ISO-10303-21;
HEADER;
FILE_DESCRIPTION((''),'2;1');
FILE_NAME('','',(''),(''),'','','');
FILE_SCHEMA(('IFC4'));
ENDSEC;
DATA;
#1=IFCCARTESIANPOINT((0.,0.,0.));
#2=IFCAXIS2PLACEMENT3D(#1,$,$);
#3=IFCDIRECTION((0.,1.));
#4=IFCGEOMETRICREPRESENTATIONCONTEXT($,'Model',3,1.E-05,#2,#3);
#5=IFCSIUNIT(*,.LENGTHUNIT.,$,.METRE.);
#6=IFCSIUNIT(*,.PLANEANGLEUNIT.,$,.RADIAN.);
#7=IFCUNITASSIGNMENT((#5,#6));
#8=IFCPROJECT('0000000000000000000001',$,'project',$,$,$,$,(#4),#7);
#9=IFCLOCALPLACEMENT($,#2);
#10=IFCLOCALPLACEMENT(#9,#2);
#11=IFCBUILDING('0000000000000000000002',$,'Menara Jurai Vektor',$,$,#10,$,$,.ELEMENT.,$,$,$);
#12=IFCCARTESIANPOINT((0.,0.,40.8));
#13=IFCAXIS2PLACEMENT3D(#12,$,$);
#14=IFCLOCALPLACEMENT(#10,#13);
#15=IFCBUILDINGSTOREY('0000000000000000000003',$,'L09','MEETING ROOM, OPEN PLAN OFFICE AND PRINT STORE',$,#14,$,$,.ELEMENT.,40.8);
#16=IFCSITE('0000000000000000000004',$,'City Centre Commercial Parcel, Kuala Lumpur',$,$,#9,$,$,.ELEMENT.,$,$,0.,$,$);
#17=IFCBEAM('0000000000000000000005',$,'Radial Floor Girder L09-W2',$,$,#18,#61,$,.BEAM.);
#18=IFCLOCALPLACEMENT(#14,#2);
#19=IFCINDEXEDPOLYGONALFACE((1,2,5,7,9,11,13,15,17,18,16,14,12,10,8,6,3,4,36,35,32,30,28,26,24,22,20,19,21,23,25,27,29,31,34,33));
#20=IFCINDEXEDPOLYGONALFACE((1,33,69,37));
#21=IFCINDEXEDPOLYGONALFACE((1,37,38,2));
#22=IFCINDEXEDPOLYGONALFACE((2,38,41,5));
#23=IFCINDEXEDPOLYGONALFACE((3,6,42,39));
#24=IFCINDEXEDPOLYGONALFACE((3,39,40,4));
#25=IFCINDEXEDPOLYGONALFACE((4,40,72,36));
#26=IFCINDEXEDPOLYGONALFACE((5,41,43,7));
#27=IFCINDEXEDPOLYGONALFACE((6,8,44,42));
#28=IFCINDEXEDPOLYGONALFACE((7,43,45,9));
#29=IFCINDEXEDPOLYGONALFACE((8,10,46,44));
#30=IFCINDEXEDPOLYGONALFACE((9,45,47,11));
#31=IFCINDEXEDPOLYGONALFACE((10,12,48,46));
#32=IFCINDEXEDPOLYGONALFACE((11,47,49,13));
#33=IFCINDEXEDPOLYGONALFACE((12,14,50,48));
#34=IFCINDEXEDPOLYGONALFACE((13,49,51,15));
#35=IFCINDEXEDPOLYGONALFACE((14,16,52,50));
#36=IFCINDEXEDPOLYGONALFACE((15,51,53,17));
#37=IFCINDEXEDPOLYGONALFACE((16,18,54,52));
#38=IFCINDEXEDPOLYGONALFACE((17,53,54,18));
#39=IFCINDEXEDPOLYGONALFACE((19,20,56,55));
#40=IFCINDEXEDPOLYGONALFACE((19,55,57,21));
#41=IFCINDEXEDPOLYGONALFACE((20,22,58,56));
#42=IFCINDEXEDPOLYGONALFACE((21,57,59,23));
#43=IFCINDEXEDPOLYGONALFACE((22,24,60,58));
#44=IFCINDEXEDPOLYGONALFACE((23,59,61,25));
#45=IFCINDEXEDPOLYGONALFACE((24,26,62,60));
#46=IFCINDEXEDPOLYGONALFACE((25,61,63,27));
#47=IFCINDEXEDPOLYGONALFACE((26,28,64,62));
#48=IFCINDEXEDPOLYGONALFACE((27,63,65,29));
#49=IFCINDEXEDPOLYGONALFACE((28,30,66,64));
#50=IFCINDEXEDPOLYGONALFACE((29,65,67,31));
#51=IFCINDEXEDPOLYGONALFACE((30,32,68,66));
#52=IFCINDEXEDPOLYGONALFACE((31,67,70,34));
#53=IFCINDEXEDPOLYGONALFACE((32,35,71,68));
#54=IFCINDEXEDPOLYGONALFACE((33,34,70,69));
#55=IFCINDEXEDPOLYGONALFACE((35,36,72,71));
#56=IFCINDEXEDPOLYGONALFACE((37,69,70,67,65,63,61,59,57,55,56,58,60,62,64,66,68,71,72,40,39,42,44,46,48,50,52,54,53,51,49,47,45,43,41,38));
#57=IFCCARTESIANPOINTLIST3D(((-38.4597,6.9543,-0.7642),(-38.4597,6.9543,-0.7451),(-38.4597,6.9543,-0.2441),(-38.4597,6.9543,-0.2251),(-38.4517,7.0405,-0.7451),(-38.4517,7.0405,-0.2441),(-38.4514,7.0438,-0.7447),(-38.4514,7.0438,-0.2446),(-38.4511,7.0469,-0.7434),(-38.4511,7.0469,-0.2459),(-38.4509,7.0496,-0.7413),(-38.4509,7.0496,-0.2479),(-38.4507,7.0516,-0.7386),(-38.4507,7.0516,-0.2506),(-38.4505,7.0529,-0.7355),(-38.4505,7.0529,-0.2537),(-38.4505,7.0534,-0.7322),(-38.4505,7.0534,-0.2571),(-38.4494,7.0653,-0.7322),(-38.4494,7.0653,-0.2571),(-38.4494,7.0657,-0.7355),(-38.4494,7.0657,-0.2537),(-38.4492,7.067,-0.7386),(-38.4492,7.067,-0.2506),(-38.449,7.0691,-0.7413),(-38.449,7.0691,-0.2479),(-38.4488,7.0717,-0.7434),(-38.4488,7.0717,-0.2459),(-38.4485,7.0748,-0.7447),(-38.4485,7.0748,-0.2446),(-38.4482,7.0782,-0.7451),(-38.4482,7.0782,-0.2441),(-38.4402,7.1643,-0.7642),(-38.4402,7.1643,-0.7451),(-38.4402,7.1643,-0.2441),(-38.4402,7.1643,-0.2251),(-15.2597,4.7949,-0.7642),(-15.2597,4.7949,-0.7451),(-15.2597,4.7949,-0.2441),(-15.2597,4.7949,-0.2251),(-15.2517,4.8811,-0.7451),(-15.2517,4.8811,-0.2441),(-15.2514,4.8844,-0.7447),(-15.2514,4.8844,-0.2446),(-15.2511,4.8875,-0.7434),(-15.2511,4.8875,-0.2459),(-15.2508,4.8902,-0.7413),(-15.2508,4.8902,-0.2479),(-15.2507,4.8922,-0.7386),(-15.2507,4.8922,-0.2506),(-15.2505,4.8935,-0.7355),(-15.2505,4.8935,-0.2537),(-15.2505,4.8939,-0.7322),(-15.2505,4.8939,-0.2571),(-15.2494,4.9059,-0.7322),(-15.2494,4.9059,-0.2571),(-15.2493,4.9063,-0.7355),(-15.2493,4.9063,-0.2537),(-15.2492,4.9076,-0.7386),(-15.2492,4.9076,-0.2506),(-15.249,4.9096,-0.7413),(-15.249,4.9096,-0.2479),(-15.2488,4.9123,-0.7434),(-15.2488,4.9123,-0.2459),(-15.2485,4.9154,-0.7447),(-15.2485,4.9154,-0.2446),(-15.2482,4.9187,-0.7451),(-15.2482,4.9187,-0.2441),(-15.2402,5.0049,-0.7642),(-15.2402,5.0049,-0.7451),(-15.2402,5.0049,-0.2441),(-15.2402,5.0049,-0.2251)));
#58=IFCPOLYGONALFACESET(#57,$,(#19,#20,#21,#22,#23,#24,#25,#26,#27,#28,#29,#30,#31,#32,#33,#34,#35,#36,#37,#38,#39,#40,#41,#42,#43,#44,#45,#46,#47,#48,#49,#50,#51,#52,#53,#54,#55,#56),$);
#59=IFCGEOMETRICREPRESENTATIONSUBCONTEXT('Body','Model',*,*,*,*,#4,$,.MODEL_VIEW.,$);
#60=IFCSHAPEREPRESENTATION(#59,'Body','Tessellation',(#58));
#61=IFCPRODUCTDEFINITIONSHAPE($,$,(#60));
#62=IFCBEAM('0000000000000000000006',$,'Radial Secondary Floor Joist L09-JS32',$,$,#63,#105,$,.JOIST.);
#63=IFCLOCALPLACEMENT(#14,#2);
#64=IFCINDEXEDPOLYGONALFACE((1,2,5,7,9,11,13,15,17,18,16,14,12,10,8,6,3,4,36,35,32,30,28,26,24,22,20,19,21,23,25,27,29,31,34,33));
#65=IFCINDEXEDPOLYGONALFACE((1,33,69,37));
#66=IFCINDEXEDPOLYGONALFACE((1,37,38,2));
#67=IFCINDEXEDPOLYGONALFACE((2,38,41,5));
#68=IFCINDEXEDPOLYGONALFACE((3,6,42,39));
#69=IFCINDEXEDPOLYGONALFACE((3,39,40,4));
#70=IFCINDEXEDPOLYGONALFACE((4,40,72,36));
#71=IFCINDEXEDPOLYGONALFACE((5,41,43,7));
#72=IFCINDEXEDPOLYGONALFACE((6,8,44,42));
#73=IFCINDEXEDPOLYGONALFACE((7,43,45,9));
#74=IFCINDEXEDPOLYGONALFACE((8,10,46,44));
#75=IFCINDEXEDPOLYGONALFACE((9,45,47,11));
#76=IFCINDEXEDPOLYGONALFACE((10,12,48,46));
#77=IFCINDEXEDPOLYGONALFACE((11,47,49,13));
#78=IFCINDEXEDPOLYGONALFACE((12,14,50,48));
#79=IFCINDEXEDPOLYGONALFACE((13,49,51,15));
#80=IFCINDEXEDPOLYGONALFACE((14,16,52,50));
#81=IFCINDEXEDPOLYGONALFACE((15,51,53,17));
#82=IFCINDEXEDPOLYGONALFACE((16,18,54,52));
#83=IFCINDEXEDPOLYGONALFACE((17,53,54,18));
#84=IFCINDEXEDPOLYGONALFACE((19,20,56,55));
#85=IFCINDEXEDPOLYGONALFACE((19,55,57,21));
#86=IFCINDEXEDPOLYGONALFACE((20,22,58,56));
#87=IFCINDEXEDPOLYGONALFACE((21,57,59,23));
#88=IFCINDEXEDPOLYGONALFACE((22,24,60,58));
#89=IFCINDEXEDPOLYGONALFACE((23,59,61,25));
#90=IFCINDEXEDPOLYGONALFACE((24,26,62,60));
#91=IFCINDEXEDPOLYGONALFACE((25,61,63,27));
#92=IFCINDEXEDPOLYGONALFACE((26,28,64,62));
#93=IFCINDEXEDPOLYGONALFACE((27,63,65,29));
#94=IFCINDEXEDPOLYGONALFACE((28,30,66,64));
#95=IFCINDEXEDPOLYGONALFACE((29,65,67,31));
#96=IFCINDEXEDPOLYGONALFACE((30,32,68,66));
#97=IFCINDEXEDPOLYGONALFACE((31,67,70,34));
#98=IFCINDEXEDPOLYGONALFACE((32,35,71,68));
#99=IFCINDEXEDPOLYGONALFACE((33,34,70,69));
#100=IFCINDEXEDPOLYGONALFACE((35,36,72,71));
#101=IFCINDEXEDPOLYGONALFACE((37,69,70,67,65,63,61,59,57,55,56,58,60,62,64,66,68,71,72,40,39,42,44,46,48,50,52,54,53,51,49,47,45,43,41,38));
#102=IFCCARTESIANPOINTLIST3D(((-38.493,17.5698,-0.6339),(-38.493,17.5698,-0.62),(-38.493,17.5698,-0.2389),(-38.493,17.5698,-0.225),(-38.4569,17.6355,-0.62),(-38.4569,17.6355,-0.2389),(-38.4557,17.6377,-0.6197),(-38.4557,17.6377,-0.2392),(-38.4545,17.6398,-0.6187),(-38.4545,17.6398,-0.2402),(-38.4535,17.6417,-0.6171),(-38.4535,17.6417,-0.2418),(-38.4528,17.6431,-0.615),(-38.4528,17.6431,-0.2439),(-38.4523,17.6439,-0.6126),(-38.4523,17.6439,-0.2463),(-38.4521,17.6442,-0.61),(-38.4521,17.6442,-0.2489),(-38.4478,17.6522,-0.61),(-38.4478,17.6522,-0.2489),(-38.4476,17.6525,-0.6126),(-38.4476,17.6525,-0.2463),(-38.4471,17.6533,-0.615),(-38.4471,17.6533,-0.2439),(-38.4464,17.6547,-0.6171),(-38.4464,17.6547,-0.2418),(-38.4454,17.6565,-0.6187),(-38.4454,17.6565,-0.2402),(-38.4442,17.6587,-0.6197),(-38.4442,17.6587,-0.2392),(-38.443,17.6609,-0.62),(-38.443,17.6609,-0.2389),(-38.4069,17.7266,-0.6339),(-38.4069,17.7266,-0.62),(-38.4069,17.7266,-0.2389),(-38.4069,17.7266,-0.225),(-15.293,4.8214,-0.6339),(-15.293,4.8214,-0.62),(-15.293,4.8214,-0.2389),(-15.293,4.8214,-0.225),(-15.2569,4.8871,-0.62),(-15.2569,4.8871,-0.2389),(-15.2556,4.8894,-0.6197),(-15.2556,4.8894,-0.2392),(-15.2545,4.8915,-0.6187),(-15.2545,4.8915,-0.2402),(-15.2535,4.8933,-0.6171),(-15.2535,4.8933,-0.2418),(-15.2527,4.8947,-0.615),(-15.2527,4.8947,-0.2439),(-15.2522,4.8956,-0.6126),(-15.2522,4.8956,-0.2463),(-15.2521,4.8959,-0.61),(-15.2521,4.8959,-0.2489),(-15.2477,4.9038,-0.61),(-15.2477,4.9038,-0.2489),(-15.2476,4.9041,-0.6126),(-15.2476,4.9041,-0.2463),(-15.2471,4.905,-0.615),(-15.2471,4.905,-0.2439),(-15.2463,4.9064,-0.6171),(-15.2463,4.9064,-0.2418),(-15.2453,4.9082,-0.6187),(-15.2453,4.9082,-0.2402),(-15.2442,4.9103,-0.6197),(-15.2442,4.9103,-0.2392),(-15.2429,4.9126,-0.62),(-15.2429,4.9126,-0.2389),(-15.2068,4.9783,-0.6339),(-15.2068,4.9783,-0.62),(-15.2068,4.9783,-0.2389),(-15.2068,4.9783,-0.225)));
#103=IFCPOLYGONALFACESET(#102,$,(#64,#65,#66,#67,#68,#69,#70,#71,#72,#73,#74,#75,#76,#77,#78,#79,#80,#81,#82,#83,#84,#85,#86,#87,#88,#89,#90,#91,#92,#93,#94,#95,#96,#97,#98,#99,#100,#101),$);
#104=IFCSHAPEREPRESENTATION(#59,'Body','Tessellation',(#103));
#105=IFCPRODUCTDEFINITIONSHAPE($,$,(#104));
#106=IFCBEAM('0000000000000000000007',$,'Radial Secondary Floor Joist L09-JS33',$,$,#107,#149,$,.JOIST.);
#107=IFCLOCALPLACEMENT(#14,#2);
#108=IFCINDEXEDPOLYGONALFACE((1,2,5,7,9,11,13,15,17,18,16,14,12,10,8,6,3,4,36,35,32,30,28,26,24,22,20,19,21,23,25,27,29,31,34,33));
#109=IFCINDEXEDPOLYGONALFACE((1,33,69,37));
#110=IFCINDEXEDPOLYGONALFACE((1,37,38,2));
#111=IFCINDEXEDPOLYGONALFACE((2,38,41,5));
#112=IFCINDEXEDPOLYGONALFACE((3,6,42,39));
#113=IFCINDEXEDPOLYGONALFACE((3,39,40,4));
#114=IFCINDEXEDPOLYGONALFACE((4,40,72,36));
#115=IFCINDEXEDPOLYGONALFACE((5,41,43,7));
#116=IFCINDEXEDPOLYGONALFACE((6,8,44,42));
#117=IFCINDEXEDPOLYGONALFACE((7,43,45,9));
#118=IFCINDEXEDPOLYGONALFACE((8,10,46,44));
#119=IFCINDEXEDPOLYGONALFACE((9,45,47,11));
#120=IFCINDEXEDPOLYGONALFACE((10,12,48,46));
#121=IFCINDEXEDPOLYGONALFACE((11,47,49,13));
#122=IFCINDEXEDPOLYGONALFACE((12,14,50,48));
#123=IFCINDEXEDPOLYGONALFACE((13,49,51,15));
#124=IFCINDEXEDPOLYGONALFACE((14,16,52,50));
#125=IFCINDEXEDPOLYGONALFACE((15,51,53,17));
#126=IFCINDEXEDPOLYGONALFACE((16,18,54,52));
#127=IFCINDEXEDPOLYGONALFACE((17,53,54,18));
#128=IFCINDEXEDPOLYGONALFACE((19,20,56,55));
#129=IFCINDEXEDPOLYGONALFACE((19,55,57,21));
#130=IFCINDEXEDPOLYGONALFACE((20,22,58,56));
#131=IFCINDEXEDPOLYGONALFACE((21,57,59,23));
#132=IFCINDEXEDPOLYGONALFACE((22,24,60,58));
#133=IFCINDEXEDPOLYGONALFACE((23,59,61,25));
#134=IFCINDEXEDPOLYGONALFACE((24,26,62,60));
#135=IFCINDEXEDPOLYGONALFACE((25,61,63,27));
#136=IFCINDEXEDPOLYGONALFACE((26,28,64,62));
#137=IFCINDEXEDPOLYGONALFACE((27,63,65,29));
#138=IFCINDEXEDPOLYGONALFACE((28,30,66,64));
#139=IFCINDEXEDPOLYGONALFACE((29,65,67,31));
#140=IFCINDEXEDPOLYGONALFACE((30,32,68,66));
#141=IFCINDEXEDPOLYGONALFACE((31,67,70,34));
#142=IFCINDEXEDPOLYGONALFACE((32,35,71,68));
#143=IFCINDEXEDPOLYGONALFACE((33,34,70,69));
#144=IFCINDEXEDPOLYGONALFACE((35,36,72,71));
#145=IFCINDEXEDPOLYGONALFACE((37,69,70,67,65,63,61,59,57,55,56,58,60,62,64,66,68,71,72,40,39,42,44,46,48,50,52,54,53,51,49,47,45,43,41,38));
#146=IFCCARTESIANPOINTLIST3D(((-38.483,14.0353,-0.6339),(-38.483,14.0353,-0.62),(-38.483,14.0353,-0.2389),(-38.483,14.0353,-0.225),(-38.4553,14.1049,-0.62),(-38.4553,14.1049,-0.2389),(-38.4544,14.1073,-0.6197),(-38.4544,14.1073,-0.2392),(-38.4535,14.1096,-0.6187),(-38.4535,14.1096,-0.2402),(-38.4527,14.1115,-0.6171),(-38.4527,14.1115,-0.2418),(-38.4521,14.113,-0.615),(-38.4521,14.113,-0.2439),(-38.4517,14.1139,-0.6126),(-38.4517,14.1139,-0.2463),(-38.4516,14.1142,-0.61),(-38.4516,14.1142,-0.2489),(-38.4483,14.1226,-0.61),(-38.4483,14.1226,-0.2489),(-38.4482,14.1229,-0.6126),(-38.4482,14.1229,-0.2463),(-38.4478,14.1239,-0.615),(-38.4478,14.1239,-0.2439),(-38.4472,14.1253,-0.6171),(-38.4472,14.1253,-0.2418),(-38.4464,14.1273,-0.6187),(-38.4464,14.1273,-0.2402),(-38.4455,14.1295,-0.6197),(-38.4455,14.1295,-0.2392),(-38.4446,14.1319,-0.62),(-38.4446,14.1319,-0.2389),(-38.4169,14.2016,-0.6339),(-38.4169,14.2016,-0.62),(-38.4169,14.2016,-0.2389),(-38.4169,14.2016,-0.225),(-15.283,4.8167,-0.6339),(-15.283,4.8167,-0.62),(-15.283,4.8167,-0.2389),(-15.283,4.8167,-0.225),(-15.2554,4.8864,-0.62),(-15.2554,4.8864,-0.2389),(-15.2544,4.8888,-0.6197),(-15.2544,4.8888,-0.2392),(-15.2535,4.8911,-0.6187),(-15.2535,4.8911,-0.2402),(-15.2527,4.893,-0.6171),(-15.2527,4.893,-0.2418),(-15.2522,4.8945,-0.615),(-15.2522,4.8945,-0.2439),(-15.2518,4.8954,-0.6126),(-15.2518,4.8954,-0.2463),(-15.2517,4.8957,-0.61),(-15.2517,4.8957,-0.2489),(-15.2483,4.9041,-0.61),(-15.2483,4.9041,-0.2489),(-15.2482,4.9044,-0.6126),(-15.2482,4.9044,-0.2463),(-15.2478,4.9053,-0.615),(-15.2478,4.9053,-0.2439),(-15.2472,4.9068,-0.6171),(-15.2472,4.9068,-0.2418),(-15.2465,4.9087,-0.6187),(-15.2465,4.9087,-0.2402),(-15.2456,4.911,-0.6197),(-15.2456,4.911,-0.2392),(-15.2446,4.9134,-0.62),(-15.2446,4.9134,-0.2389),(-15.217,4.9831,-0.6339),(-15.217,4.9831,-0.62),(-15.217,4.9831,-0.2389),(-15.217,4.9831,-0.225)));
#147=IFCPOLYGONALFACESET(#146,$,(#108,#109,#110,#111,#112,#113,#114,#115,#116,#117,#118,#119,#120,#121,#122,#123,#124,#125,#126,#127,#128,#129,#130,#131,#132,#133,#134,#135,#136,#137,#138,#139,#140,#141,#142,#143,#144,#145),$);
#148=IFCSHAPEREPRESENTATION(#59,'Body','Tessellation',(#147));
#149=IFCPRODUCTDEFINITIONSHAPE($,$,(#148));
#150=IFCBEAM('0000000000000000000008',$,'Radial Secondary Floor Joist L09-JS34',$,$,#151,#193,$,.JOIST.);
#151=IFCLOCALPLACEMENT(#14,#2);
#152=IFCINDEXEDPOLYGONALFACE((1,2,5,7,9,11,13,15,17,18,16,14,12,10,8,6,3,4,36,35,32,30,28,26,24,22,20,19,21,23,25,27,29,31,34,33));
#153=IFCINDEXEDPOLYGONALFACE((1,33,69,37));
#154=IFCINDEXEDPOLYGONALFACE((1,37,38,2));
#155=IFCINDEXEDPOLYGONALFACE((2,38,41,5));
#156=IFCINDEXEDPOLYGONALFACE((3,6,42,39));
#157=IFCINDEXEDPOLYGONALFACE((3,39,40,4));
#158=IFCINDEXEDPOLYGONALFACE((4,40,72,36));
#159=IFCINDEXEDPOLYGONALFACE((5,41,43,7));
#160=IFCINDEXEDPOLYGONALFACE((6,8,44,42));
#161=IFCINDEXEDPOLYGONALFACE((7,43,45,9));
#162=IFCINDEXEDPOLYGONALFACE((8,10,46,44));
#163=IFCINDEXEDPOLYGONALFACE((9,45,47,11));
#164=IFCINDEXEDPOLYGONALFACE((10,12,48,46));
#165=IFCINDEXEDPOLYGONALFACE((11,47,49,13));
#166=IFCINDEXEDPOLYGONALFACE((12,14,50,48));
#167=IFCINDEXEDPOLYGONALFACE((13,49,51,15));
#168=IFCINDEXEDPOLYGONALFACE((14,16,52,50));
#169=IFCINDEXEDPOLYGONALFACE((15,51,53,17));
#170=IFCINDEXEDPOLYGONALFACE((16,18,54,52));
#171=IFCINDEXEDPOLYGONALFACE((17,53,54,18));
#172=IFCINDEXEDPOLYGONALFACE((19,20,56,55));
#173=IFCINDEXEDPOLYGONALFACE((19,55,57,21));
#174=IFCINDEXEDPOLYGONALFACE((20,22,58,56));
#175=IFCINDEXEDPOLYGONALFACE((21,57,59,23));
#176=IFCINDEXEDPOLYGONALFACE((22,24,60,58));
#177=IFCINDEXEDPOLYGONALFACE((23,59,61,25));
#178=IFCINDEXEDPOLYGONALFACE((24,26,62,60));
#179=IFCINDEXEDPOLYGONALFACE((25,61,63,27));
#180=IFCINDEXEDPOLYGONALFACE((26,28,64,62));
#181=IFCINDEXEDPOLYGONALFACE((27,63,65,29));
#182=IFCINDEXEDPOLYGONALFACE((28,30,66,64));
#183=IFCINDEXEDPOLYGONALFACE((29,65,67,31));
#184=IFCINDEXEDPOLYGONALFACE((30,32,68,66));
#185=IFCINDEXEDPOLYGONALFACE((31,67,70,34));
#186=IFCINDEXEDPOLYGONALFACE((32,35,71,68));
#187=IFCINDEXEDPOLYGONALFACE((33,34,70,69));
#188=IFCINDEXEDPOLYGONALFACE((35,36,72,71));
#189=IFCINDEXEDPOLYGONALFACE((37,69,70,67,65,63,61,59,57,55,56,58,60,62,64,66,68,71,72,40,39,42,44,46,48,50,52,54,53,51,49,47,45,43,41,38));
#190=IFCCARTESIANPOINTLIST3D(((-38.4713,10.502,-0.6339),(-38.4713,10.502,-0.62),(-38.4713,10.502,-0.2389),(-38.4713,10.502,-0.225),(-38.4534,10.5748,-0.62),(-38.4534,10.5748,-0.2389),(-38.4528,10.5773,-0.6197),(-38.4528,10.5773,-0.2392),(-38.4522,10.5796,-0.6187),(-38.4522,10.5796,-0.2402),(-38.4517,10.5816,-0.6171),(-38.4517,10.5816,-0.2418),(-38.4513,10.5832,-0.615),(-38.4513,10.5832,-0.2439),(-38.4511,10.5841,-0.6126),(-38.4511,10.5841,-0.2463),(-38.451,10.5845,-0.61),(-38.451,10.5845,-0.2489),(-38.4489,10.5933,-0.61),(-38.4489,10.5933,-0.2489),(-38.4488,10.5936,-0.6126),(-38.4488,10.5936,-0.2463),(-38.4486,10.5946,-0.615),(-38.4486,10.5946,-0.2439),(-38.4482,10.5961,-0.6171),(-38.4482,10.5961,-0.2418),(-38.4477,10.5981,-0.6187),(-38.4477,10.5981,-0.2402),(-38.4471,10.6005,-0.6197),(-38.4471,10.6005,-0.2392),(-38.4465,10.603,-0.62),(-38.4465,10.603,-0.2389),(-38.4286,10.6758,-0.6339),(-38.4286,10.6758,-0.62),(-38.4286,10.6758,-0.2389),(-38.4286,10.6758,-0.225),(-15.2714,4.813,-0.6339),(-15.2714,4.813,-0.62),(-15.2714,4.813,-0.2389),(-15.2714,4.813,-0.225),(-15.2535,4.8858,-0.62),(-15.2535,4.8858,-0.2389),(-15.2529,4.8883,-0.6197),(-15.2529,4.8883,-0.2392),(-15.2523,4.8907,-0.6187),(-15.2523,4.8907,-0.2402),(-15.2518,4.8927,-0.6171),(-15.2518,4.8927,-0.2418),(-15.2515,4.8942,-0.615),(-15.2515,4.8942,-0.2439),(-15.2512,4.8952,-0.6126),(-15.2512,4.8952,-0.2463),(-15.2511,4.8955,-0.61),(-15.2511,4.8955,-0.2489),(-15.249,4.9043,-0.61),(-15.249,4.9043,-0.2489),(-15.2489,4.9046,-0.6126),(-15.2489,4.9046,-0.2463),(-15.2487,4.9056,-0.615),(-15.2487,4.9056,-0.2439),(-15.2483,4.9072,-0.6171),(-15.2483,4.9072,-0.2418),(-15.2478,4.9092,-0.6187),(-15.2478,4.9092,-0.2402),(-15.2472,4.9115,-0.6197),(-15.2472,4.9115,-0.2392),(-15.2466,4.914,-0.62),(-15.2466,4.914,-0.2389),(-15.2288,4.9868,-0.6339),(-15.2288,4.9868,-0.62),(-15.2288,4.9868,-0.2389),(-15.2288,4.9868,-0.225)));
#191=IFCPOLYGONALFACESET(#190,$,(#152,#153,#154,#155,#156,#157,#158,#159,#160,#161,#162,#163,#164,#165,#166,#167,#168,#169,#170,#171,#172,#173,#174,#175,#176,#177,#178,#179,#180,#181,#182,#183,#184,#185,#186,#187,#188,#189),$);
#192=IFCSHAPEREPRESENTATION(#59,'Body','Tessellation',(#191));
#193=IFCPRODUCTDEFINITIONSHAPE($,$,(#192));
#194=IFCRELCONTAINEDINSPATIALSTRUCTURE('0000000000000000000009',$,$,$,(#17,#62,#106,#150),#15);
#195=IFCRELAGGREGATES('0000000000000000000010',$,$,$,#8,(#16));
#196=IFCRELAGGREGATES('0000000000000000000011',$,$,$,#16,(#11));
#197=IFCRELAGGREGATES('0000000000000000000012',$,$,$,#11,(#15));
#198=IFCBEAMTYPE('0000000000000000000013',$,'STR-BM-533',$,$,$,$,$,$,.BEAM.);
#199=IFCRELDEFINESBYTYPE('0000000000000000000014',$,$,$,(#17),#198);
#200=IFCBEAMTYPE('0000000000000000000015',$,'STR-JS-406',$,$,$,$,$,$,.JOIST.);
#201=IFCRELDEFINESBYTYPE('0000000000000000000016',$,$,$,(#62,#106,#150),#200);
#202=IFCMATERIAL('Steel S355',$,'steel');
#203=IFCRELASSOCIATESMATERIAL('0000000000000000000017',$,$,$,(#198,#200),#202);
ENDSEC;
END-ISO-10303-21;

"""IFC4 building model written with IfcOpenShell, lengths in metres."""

from ifc_helpers import new_model, si_unit, direction, frame, origin, origin_2d, place, context, subcontext, project, spatial, i_section, extrude, material, material_profile, profile_set, type_object, element, save


model = new_model("IFC4")

# Units and contexts
model_context = context("Model", 3, precision=1e-05, world=origin(), true_north=direction((0.0, 1.0)))
body_context = subcontext(model_context, "Body", "Model", "MODEL_VIEW")
ifc_project = project(units=[si_unit("LENGTHUNIT", "METRE"), si_unit("PLANEANGLEUNIT", "RADIAN")], contexts=[model_context])

# Site, building, storey
site_placement = place(None, origin())
site = spatial("IfcSite", under=ifc_project, at=site_placement, Name="City Centre Commercial Parcel, Kuala Lumpur", CompositionType="ELEMENT", RefElevation=0.0)
building_placement = place(site_placement, origin())
building = spatial("IfcBuilding", under=site, at=building_placement, Name="Menara Jurai Vektor", CompositionType="ELEMENT")
storey_placement = place(building_placement, frame((0.0, 0.0, 40.8)))
storey = spatial("IfcBuildingStorey", under=building, at=storey_placement, Name="L09", Description="MEETING ROOM, OPEN PLAN OFFICE AND PRINT STORE", CompositionType="ELEMENT", Elevation=40.8)

# Beams
ifc_material_1 = material(Name="Steel S355", Category="steel")
ifc_material_profile_1 = material_profile(ifc_material_1, i_section(OverallWidth=0.2109, OverallDepth=0.5391, WebThickness=0.012, FlangeThickness=0.019, FilletRadius=0.0129, at=origin_2d()), Name="UKB 533x210x109")
ifc_profile_set_1 = profile_set([ifc_material_profile_1], Name="Steel S355")
beam_type_1 = type_object("IfcBeamType", Name="STR-BM-533", PredefinedType="BEAM", material=ifc_profile_set_1)
beam_1_placement = place(storey_placement, frame((-38.45, 7.0593, -0.4946), z_axis=(0.995696, -0.092678, 0.0), x_axis=(0.092678, 0.995696, 0.0)))
element("IfcBeam", 1, at=beam_1_placement, inside=storey, type_object=beam_type_1, Name="Radial Floor Girder L09-W2", PredefinedType="BEAM", context=body_context, shape_type="SweptSolid", body=[
    extrude(i_section(OverallWidth=0.2109, OverallDepth=0.5391, WebThickness=0.012, FlangeThickness=0.019, FilletRadius=0.0129, at=origin_2d()), origin(), (0.0, 0.0, 1.0), 23.3003),
])
ifc_material_profile_2 = material_profile(ifc_material_1, i_section(OverallWidth=0.179, OverallDepth=0.4089, WebThickness=0.009, FlangeThickness=0.0139, FilletRadius=0.01, at=origin_2d()), Name="UKB 406x178x67")
ifc_profile_set_2 = profile_set([ifc_material_profile_2], Name="Steel S355")
beam_type_2 = type_object("IfcBeamType", Name="STR-JS-406", PredefinedType="JOIST", material=ifc_profile_set_2)
beam_2_placement = place(storey_placement, frame((-38.45, 17.6482, -0.4294), z_axis=(0.876402, -0.48158, 0.0), x_axis=(0.48158, 0.876402, 0.0)))
element("IfcBeam", 2, at=beam_2_placement, inside=storey, type_object=beam_type_2, Name="Radial Secondary Floor Joist L09-JS32", PredefinedType="JOIST", context=body_context, shape_type="SweptSolid", body=[
    extrude(i_section(OverallWidth=0.179, OverallDepth=0.4089, WebThickness=0.009, FlangeThickness=0.0139, FilletRadius=0.01, at=origin_2d()), origin(), (0.0, 0.0, 1.0), 26.4719),
])
beam_3_placement = place(storey_placement, frame((-38.45, 14.1184, -0.4294), z_axis=(0.929323, -0.369267, 0.0), x_axis=(0.369267, 0.929323, 0.0)))
element("IfcBeam", 3, at=beam_3_placement, inside=storey, type_object=beam_type_2, Name="Radial Secondary Floor Joist L09-JS33", PredefinedType="JOIST", context=body_context, shape_type="SweptSolid", body=[
    extrude(i_section(OverallWidth=0.179, OverallDepth=0.4089, WebThickness=0.009, FlangeThickness=0.0139, FilletRadius=0.01, at=origin_2d()), origin(), (0.0, 0.0, 1.0), 24.9644),
])
beam_4_placement = place(storey_placement, frame((-38.45, 10.5889, -0.4294), z_axis=(0.971226, -0.238159, 0.0), x_axis=(0.238159, 0.971226, 0.0)))
element("IfcBeam", 4, at=beam_4_placement, inside=storey, type_object=beam_type_2, Name="Radial Secondary Floor Joist L09-JS34", PredefinedType="JOIST", context=body_context, shape_type="SweptSolid", body=[
    extrude(i_section(OverallWidth=0.179, OverallDepth=0.4089, WebThickness=0.009, FlangeThickness=0.0139, FilletRadius=0.01, at=origin_2d()), origin(), (0.0, 0.0, 1.0), 23.8872),
])

save(model, "model.ifc")
